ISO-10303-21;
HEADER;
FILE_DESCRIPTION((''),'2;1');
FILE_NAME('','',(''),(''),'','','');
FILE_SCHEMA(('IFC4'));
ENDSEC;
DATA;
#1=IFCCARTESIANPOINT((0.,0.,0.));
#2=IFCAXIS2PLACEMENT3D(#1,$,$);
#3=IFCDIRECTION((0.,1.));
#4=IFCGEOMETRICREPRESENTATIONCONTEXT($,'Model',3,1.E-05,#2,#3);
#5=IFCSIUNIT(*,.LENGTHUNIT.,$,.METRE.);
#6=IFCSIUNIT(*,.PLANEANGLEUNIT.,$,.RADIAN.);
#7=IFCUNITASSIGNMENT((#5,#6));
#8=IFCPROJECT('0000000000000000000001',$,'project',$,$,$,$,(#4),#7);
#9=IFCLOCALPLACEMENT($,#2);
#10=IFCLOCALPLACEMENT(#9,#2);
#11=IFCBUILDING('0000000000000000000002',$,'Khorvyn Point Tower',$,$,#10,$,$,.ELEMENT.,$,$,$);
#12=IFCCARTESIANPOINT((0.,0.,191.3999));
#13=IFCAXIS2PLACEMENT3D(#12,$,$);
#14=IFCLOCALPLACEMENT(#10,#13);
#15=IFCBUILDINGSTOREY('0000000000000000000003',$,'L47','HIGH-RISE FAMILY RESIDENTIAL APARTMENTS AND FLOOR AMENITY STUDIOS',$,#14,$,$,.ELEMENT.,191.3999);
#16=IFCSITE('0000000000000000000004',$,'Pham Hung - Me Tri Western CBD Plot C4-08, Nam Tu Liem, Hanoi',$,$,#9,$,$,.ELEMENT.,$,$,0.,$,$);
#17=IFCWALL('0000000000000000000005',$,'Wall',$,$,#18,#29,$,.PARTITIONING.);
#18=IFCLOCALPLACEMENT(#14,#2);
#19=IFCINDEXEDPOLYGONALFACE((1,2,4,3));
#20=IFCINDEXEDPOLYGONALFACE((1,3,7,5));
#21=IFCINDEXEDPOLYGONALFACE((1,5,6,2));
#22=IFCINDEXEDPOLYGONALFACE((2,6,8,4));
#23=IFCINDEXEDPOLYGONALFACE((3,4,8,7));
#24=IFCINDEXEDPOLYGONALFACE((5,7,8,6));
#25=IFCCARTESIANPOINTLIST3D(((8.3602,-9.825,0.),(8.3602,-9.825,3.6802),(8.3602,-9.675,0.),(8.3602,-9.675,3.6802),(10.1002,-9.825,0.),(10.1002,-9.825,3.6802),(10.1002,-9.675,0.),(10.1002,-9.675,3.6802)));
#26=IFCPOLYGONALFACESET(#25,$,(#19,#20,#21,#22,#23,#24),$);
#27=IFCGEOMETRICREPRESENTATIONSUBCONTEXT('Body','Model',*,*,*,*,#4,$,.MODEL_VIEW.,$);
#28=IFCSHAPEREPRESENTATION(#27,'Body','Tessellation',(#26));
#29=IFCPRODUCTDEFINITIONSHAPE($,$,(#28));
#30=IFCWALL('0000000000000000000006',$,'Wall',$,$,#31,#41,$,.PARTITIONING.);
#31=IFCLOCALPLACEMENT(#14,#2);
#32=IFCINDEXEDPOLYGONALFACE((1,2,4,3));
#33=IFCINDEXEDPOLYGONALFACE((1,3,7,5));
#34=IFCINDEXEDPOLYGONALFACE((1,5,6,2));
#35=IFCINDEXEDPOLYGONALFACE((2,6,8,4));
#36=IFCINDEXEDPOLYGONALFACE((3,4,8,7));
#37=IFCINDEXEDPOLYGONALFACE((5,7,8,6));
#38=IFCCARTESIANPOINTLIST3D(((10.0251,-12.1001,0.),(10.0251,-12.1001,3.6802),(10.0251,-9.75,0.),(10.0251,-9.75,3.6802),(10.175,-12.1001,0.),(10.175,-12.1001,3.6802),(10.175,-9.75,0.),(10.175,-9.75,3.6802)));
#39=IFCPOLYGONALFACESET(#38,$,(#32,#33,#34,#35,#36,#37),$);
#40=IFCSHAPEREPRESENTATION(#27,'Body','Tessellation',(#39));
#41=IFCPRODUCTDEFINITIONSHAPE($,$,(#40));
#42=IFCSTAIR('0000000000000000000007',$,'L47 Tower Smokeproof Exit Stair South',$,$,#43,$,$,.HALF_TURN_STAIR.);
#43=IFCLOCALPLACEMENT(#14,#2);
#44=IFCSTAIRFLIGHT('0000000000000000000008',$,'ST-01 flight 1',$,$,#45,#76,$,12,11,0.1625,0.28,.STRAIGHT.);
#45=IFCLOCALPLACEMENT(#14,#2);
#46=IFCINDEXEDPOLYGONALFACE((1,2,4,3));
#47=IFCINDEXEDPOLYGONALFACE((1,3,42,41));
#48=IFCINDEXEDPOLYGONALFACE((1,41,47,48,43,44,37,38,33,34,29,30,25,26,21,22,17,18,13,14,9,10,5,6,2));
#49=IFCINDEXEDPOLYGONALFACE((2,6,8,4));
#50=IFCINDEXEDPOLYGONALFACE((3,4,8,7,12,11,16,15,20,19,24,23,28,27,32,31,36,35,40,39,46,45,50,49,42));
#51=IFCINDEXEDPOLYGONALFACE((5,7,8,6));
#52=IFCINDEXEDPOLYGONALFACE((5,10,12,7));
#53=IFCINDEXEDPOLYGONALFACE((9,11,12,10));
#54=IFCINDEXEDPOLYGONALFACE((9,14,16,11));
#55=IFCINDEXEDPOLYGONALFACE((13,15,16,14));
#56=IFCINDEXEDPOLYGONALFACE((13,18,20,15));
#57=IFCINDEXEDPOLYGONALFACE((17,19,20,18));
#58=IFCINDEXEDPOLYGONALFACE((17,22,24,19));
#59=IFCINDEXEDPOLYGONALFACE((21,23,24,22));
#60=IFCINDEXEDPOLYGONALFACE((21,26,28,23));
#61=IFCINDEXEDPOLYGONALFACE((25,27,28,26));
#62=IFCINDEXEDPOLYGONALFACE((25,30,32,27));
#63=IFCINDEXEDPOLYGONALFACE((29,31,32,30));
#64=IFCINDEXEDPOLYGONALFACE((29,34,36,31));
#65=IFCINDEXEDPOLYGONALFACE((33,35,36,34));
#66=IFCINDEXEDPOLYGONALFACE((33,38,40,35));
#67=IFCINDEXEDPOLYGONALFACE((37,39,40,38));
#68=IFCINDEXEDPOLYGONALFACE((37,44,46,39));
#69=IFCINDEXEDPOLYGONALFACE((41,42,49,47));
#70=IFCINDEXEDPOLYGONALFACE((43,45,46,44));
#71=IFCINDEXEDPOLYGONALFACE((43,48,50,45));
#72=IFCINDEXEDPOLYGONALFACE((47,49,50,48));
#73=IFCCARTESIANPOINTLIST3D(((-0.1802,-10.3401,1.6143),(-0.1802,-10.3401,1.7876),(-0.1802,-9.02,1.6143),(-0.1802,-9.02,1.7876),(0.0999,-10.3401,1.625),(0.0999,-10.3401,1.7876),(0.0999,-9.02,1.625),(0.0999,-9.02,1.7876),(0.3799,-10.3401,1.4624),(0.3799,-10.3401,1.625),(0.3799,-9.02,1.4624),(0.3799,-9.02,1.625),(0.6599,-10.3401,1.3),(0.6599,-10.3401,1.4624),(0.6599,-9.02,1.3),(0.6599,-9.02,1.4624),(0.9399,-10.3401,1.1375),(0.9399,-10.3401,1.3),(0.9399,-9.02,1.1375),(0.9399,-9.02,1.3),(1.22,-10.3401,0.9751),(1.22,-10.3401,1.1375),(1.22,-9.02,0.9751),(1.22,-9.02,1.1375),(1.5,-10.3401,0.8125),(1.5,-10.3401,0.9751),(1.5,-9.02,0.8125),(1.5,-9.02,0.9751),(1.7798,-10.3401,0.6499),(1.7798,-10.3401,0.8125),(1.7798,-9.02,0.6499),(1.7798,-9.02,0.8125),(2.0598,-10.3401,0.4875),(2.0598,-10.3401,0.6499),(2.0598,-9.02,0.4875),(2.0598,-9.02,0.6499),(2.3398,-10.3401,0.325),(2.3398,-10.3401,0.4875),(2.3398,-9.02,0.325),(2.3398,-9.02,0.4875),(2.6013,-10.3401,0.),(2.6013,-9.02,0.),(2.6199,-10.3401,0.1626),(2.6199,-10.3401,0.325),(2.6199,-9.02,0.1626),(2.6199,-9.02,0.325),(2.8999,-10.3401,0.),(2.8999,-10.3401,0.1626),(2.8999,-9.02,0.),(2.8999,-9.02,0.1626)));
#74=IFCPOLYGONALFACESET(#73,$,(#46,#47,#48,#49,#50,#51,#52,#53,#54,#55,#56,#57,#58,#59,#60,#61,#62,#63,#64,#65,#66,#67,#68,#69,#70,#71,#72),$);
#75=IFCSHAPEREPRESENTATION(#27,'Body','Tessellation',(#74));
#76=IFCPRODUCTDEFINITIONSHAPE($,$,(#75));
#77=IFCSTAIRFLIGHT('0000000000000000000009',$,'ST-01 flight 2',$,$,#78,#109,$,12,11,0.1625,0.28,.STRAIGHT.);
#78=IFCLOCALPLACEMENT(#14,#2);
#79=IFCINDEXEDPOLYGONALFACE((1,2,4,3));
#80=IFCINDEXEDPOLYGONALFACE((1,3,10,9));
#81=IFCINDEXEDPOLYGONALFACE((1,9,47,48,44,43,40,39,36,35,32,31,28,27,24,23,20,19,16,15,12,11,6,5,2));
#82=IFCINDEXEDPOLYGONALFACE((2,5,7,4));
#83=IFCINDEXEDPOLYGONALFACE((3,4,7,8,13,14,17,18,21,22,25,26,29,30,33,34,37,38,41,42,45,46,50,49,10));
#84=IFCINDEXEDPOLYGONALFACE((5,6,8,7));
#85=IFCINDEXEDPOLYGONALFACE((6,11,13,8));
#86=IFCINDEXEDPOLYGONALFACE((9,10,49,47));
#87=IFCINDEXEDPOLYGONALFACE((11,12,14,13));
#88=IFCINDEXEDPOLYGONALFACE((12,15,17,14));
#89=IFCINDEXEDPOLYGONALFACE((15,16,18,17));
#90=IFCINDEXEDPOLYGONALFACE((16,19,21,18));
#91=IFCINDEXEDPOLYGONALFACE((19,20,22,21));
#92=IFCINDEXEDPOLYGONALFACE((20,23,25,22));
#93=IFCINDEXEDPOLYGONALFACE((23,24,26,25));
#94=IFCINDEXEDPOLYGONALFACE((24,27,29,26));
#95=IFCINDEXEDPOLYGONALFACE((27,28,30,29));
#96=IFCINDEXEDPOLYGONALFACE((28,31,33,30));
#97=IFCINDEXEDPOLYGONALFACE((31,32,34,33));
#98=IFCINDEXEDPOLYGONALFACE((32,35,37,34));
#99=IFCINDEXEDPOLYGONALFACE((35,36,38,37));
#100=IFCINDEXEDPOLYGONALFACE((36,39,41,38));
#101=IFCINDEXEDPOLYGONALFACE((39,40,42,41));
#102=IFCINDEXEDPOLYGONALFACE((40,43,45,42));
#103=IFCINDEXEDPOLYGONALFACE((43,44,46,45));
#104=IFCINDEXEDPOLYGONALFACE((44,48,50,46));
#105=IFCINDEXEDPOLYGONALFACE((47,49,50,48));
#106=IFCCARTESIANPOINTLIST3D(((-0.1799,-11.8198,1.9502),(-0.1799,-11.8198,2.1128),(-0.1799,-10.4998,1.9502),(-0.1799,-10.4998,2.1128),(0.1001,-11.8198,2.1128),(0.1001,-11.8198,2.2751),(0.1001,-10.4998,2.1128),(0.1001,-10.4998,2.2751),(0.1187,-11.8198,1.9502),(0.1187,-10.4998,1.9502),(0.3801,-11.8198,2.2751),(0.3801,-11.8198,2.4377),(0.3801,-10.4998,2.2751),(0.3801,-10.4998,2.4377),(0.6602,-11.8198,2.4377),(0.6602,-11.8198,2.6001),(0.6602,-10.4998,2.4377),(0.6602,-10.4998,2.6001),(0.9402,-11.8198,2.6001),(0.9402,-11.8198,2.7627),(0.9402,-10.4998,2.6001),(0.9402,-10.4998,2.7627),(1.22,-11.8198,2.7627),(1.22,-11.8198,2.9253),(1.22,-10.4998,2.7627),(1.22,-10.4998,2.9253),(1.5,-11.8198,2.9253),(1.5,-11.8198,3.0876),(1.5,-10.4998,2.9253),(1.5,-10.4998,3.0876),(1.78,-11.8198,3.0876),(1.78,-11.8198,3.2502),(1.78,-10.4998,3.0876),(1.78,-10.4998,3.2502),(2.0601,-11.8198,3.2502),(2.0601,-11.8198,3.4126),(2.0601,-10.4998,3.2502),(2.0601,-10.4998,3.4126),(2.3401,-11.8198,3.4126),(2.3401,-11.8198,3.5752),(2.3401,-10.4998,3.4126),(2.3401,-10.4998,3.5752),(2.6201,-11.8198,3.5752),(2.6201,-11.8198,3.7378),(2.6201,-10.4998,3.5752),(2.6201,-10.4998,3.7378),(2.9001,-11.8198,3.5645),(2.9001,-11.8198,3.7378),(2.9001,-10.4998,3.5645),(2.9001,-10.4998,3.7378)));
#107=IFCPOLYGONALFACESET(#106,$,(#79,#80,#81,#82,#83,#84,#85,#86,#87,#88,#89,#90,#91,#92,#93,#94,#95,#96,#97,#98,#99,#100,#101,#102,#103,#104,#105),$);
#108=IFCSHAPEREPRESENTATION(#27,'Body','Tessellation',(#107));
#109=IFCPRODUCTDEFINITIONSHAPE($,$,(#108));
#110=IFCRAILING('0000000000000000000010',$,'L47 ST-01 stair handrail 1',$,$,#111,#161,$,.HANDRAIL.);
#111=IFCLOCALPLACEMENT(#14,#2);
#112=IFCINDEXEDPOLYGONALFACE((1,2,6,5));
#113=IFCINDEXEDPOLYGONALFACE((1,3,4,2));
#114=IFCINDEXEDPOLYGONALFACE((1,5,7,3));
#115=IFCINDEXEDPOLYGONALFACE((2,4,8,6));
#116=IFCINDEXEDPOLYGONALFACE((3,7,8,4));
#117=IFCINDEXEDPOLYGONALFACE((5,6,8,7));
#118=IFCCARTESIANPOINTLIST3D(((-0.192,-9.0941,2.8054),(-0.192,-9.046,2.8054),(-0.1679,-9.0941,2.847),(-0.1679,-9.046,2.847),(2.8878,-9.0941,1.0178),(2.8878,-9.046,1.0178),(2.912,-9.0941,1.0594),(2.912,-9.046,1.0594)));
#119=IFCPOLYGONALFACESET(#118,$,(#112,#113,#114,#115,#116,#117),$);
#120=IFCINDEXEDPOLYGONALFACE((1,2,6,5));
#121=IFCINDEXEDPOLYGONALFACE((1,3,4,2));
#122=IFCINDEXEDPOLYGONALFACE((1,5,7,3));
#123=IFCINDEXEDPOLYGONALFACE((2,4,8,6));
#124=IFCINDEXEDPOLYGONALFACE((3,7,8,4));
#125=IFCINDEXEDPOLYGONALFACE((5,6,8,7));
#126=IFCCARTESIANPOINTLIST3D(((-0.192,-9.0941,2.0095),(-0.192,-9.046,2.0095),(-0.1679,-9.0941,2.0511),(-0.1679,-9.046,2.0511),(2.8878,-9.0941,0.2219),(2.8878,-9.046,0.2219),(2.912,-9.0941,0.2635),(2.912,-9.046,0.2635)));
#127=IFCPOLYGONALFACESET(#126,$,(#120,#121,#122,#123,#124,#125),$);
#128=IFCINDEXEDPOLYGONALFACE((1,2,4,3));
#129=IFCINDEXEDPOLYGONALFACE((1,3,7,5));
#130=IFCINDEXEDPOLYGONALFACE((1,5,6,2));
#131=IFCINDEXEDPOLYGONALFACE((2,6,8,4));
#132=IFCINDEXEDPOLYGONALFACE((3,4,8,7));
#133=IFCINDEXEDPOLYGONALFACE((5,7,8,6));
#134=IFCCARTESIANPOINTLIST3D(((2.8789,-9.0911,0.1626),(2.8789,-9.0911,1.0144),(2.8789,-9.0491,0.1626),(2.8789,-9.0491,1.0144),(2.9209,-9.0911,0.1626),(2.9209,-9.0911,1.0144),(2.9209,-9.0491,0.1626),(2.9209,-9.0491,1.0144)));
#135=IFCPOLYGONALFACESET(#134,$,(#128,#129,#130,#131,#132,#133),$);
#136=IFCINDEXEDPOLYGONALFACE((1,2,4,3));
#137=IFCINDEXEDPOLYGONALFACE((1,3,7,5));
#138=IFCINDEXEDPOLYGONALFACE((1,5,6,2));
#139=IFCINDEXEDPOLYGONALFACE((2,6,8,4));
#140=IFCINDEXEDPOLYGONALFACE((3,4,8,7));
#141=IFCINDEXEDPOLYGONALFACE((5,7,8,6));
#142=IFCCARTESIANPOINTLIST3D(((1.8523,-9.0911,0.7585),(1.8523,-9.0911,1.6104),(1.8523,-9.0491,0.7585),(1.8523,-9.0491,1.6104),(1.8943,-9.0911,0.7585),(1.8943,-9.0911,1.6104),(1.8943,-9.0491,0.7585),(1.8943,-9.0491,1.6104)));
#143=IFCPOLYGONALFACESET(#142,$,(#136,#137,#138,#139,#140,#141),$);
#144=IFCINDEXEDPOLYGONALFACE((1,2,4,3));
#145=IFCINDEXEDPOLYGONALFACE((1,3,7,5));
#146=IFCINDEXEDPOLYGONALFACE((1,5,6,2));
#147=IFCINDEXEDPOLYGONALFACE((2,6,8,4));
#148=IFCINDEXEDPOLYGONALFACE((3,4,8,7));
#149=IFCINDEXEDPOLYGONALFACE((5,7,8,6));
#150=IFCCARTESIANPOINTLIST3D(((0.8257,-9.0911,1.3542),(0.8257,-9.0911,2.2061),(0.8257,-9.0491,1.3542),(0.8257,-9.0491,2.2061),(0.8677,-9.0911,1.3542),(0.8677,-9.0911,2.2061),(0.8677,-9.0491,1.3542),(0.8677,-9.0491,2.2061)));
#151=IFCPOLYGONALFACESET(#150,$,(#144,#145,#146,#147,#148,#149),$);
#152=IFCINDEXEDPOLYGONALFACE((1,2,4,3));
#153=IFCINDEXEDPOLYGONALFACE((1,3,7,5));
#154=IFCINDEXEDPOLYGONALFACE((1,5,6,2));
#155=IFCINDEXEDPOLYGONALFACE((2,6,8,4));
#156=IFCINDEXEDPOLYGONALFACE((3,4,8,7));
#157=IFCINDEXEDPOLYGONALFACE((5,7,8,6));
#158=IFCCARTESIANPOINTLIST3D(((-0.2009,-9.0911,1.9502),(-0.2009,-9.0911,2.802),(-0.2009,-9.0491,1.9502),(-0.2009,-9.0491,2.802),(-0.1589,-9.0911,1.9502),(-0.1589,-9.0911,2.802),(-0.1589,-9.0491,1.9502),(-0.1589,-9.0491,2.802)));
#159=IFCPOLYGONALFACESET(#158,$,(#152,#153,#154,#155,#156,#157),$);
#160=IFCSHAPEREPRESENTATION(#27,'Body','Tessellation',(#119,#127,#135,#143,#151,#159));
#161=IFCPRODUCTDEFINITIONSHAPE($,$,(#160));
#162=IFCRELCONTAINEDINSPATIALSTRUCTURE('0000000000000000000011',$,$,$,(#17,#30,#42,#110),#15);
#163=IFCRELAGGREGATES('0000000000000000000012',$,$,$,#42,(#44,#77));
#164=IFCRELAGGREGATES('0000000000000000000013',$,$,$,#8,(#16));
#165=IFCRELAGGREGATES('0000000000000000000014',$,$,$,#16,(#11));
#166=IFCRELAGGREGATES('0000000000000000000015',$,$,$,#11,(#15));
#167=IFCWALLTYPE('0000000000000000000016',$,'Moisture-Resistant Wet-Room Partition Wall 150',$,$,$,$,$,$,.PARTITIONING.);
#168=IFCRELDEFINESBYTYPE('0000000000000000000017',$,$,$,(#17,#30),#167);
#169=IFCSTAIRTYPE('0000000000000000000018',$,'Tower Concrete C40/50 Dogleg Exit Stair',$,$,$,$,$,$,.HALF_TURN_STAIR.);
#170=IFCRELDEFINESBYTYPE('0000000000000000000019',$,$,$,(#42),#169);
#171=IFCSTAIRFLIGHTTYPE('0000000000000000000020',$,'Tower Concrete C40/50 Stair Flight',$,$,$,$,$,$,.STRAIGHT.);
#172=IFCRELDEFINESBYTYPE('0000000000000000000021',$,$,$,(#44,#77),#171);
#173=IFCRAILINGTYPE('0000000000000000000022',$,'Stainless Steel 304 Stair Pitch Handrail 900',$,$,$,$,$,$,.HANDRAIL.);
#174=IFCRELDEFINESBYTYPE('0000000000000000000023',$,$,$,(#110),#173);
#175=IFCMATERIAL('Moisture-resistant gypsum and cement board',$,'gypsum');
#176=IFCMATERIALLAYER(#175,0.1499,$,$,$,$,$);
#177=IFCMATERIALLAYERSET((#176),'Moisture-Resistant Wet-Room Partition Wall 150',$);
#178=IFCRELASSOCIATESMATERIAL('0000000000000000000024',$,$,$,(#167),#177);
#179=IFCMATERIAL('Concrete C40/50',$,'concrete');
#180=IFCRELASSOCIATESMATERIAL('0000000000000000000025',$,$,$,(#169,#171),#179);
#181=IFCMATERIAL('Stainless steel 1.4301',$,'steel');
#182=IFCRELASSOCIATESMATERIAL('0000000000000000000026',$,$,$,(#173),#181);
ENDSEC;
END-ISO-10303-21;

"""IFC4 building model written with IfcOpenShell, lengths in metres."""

from ifc_helpers import new_model, si_unit, direction, frame, frame_2d, origin, origin_2d, place, context, subcontext, project, spatial, polyline, rectangle, outline, extrude, material, layer, layer_set, type_object, element, aggregate, save


model = new_model("IFC4")

# Units and contexts
model_context = context("Model", 3, precision=1e-05, world=origin(), true_north=direction((0.0, 1.0)))
body_context = subcontext(model_context, "Body", "Model", "MODEL_VIEW")
ifc_project = project(units=[si_unit("LENGTHUNIT", "METRE"), si_unit("PLANEANGLEUNIT", "RADIAN")], contexts=[model_context])

# Site, building, storey
site_placement = place(None, origin())
site = spatial("IfcSite", under=ifc_project, at=site_placement, Name="Pham Hung - Me Tri Western CBD Plot C4-08, Nam Tu Liem, Hanoi", CompositionType="ELEMENT", RefElevation=0.0)
building_placement = place(site_placement, origin())
building = spatial("IfcBuilding", under=site, at=building_placement, Name="Khorvyn Point Tower", CompositionType="ELEMENT")
storey_placement = place(building_placement, frame((0.0, 0.0, 191.3999)))
storey = spatial("IfcBuildingStorey", under=building, at=storey_placement, Name="L47", Description="HIGH-RISE FAMILY RESIDENTIAL APARTMENTS AND FLOOR AMENITY STUDIOS", CompositionType="ELEMENT", Elevation=191.3999)

# Shared definitions
ifc_material_1 = material(Name="Concrete C40/50", Category="concrete")

# Shared definitions
ifc_material_2 = material(Name="Stainless steel 1.4301", Category="steel")

# Shared definitions
ifc_material_3 = material(Name="Moisture-resistant gypsum and cement board", Category="gypsum")
ifc_layer_1 = layer(ifc_material_3, 0.1499)
ifc_layer_set_1 = layer_set([ifc_layer_1], Name="Moisture-Resistant Wet-Room Partition Wall 150")
wall_type_1 = type_object("IfcWallType", Name="Moisture-Resistant Wet-Room Partition Wall 150", PredefinedType="PARTITIONING", material=ifc_layer_set_1)

# Walls
wall_1_placement = place(storey_placement, frame((8.3601, -9.75, 0.0), z_axis=(0.0, 0.0, 1.0), x_axis=(1.0, 0.0, 0.0)))
element("IfcWall", 1, at=wall_1_placement, inside=storey, type_object=wall_type_1, Name="Wall", PredefinedType="PARTITIONING", context=body_context, shape_type="SweptSolid", body=[
    extrude(rectangle(XDim=1.74, YDim=0.1499, at=frame_2d((0.8701, 0.0))), origin(), (0.0, 0.0, 1.0), 3.6802),
])
wall_2_placement = place(storey_placement, frame((10.1001, -12.1001, 0.0), z_axis=(0.0, 0.0, 1.0), x_axis=(0.0, 1.0, 0.0)))
element("IfcWall", 2, at=wall_2_placement, inside=storey, type_object=wall_type_1, Name="Wall", PredefinedType="PARTITIONING", context=body_context, shape_type="SweptSolid", body=[
    extrude(rectangle(XDim=2.3501, YDim=0.1499, at=frame_2d((1.175, 0.0))), origin(), (0.0, 0.0, 1.0), 3.6802),
])

# Stair, stair flights
stair_type = type_object("IfcStairType", Name="Tower Concrete C40/50 Dogleg Exit Stair", PredefinedType="HALF_TURN_STAIR", material=ifc_material_1)
stair_placement = place(storey_placement, origin())
stair = element("IfcStair", 3, at=stair_placement, inside=storey, type_object=stair_type, Name="L47 Tower Smokeproof Exit Stair South", PredefinedType="HALF_TURN_STAIR")
stair_flight_type = type_object("IfcStairFlightType", Name="Tower Concrete C40/50 Stair Flight", PredefinedType="STRAIGHT", material=ifc_material_1)
stair_flight_1_placement = place(storey_placement, frame((2.8999, -9.6799, 0.0), z_axis=(0.0, 0.0, 1.0), x_axis=(-1.0, 0.0, 0.0)))
stair_flight_1 = element("IfcStairFlight", 4, at=stair_flight_1_placement, type_object=stair_flight_type, Name="ST-01 flight 1", NumberOfRisers=12, NumberOfTreads=11, PredefinedType="STRAIGHT", RiserHeight=0.1625, TreadLength=0.28, context=body_context, shape_type="SweptSolid", body=[
    extrude(outline(polyline([(0.0, 0.0), (0.0, 0.1626), (0.28, 0.1626), (0.28, 0.325), (0.5601, 0.325), (0.5601, 0.4875), (0.8401, 0.4875), (0.8401, 0.6499), (1.1201, 0.6499), (1.1201, 0.8125), (1.3999, 0.8125), (1.3999, 0.9751), (1.6799, 0.9751), (1.6799, 1.1375), (1.96, 1.1375), (1.96, 1.3), (2.24, 1.3), (2.24, 1.4624), (2.52, 1.4624), (2.52, 1.625), (2.8, 1.625), (2.8, 1.7876), (3.0801, 1.7876), (3.0801, 1.95), (3.0801, 1.6143), (0.2986, 0.0), (0.0, 0.0)])), frame((0.0, 0.6602, 0.0), z_axis=(0.0, -1.0, 0.0), x_axis=(1.0, 0.0, 0.0)), (0.0, 0.0, 1.0), 1.3201),
])
stair_flight_2_placement = place(storey_placement, frame((-0.1799, -11.1599, 1.9502), z_axis=(0.0, 0.0, 1.0), x_axis=(1.0, 0.0, 0.0)))
stair_flight_2 = element("IfcStairFlight", 5, at=stair_flight_2_placement, type_object=stair_flight_type, Name="ST-01 flight 2", NumberOfRisers=12, NumberOfTreads=11, PredefinedType="STRAIGHT", RiserHeight=0.1625, TreadLength=0.28, context=body_context, shape_type="SweptSolid", body=[
    extrude(outline(polyline([(0.0, 0.0), (0.0, 0.1626), (0.28, 0.1626), (0.28, 0.325), (0.5601, 0.325), (0.5601, 0.4875), (0.8401, 0.4875), (0.8401, 0.6499), (1.1201, 0.6499), (1.1201, 0.8125), (1.3999, 0.8125), (1.3999, 0.9751), (1.6799, 0.9751), (1.6799, 1.1375), (1.96, 1.1375), (1.96, 1.3), (2.24, 1.3), (2.24, 1.4624), (2.52, 1.4624), (2.52, 1.625), (2.8, 1.625), (2.8, 1.7876), (3.0801, 1.7876), (3.0801, 1.95), (3.0801, 1.6143), (0.2986, 0.0), (0.0, 0.0)])), frame((0.0, 0.6602, 0.0), z_axis=(0.0, -1.0, 0.0), x_axis=(1.0, 0.0, 0.0)), (0.0, 0.0, 1.0), 1.3201),
])
aggregate(stair, [stair_flight_1, stair_flight_2])

# Railing
railing_type_1 = type_object("IfcRailingType", Name="Stainless Steel 304 Stair Pitch Handrail 900", PredefinedType="HANDRAIL", material=ifc_material_2)
railing_1_placement = place(storey_placement, frame((2.8999, -9.0701, 0.1626)))
element("IfcRailing", 6, at=railing_1_placement, inside=storey, type_object=railing_type_1, Name="L47 ST-01 stair handrail 1", PredefinedType="HANDRAIL", context=body_context, shape_type="SweptSolid", body=[
    extrude(rectangle(XDim=0.0481, YDim=0.0481, at=origin_2d()), frame((0.0, 0.0, 0.876), z_axis=(-0.864873, 0.0, 0.50199), x_axis=(0.0, -1.0, 0.0)), (0.0, 0.0, 1.0), 3.561),
    extrude(rectangle(XDim=0.0481, YDim=0.0481, at=origin_2d()), frame((0.0, 0.0, 0.0801), z_axis=(-0.864873, 0.0, 0.50199), x_axis=(0.0, -1.0, 0.0)), (0.0, 0.0, 1.0), 3.561),
    extrude(rectangle(XDim=0.042, YDim=0.042, at=origin_2d()), origin(), (0.0, 0.0, 1.0), 0.8518),
    extrude(rectangle(XDim=0.042, YDim=0.042, at=origin_2d()), frame((-1.0266, 0.0, 0.5959)), (0.0, 0.0, 1.0), 0.8518),
    extrude(rectangle(XDim=0.042, YDim=0.042, at=origin_2d()), frame((-2.0532, 0.0, 1.1917)), (0.0, 0.0, 1.0), 0.8518),
    extrude(rectangle(XDim=0.042, YDim=0.042, at=origin_2d()), frame((-3.0798, 0.0, 1.7876)), (0.0, 0.0, 1.0), 0.8518),
])

save(model, "model.ifc")
